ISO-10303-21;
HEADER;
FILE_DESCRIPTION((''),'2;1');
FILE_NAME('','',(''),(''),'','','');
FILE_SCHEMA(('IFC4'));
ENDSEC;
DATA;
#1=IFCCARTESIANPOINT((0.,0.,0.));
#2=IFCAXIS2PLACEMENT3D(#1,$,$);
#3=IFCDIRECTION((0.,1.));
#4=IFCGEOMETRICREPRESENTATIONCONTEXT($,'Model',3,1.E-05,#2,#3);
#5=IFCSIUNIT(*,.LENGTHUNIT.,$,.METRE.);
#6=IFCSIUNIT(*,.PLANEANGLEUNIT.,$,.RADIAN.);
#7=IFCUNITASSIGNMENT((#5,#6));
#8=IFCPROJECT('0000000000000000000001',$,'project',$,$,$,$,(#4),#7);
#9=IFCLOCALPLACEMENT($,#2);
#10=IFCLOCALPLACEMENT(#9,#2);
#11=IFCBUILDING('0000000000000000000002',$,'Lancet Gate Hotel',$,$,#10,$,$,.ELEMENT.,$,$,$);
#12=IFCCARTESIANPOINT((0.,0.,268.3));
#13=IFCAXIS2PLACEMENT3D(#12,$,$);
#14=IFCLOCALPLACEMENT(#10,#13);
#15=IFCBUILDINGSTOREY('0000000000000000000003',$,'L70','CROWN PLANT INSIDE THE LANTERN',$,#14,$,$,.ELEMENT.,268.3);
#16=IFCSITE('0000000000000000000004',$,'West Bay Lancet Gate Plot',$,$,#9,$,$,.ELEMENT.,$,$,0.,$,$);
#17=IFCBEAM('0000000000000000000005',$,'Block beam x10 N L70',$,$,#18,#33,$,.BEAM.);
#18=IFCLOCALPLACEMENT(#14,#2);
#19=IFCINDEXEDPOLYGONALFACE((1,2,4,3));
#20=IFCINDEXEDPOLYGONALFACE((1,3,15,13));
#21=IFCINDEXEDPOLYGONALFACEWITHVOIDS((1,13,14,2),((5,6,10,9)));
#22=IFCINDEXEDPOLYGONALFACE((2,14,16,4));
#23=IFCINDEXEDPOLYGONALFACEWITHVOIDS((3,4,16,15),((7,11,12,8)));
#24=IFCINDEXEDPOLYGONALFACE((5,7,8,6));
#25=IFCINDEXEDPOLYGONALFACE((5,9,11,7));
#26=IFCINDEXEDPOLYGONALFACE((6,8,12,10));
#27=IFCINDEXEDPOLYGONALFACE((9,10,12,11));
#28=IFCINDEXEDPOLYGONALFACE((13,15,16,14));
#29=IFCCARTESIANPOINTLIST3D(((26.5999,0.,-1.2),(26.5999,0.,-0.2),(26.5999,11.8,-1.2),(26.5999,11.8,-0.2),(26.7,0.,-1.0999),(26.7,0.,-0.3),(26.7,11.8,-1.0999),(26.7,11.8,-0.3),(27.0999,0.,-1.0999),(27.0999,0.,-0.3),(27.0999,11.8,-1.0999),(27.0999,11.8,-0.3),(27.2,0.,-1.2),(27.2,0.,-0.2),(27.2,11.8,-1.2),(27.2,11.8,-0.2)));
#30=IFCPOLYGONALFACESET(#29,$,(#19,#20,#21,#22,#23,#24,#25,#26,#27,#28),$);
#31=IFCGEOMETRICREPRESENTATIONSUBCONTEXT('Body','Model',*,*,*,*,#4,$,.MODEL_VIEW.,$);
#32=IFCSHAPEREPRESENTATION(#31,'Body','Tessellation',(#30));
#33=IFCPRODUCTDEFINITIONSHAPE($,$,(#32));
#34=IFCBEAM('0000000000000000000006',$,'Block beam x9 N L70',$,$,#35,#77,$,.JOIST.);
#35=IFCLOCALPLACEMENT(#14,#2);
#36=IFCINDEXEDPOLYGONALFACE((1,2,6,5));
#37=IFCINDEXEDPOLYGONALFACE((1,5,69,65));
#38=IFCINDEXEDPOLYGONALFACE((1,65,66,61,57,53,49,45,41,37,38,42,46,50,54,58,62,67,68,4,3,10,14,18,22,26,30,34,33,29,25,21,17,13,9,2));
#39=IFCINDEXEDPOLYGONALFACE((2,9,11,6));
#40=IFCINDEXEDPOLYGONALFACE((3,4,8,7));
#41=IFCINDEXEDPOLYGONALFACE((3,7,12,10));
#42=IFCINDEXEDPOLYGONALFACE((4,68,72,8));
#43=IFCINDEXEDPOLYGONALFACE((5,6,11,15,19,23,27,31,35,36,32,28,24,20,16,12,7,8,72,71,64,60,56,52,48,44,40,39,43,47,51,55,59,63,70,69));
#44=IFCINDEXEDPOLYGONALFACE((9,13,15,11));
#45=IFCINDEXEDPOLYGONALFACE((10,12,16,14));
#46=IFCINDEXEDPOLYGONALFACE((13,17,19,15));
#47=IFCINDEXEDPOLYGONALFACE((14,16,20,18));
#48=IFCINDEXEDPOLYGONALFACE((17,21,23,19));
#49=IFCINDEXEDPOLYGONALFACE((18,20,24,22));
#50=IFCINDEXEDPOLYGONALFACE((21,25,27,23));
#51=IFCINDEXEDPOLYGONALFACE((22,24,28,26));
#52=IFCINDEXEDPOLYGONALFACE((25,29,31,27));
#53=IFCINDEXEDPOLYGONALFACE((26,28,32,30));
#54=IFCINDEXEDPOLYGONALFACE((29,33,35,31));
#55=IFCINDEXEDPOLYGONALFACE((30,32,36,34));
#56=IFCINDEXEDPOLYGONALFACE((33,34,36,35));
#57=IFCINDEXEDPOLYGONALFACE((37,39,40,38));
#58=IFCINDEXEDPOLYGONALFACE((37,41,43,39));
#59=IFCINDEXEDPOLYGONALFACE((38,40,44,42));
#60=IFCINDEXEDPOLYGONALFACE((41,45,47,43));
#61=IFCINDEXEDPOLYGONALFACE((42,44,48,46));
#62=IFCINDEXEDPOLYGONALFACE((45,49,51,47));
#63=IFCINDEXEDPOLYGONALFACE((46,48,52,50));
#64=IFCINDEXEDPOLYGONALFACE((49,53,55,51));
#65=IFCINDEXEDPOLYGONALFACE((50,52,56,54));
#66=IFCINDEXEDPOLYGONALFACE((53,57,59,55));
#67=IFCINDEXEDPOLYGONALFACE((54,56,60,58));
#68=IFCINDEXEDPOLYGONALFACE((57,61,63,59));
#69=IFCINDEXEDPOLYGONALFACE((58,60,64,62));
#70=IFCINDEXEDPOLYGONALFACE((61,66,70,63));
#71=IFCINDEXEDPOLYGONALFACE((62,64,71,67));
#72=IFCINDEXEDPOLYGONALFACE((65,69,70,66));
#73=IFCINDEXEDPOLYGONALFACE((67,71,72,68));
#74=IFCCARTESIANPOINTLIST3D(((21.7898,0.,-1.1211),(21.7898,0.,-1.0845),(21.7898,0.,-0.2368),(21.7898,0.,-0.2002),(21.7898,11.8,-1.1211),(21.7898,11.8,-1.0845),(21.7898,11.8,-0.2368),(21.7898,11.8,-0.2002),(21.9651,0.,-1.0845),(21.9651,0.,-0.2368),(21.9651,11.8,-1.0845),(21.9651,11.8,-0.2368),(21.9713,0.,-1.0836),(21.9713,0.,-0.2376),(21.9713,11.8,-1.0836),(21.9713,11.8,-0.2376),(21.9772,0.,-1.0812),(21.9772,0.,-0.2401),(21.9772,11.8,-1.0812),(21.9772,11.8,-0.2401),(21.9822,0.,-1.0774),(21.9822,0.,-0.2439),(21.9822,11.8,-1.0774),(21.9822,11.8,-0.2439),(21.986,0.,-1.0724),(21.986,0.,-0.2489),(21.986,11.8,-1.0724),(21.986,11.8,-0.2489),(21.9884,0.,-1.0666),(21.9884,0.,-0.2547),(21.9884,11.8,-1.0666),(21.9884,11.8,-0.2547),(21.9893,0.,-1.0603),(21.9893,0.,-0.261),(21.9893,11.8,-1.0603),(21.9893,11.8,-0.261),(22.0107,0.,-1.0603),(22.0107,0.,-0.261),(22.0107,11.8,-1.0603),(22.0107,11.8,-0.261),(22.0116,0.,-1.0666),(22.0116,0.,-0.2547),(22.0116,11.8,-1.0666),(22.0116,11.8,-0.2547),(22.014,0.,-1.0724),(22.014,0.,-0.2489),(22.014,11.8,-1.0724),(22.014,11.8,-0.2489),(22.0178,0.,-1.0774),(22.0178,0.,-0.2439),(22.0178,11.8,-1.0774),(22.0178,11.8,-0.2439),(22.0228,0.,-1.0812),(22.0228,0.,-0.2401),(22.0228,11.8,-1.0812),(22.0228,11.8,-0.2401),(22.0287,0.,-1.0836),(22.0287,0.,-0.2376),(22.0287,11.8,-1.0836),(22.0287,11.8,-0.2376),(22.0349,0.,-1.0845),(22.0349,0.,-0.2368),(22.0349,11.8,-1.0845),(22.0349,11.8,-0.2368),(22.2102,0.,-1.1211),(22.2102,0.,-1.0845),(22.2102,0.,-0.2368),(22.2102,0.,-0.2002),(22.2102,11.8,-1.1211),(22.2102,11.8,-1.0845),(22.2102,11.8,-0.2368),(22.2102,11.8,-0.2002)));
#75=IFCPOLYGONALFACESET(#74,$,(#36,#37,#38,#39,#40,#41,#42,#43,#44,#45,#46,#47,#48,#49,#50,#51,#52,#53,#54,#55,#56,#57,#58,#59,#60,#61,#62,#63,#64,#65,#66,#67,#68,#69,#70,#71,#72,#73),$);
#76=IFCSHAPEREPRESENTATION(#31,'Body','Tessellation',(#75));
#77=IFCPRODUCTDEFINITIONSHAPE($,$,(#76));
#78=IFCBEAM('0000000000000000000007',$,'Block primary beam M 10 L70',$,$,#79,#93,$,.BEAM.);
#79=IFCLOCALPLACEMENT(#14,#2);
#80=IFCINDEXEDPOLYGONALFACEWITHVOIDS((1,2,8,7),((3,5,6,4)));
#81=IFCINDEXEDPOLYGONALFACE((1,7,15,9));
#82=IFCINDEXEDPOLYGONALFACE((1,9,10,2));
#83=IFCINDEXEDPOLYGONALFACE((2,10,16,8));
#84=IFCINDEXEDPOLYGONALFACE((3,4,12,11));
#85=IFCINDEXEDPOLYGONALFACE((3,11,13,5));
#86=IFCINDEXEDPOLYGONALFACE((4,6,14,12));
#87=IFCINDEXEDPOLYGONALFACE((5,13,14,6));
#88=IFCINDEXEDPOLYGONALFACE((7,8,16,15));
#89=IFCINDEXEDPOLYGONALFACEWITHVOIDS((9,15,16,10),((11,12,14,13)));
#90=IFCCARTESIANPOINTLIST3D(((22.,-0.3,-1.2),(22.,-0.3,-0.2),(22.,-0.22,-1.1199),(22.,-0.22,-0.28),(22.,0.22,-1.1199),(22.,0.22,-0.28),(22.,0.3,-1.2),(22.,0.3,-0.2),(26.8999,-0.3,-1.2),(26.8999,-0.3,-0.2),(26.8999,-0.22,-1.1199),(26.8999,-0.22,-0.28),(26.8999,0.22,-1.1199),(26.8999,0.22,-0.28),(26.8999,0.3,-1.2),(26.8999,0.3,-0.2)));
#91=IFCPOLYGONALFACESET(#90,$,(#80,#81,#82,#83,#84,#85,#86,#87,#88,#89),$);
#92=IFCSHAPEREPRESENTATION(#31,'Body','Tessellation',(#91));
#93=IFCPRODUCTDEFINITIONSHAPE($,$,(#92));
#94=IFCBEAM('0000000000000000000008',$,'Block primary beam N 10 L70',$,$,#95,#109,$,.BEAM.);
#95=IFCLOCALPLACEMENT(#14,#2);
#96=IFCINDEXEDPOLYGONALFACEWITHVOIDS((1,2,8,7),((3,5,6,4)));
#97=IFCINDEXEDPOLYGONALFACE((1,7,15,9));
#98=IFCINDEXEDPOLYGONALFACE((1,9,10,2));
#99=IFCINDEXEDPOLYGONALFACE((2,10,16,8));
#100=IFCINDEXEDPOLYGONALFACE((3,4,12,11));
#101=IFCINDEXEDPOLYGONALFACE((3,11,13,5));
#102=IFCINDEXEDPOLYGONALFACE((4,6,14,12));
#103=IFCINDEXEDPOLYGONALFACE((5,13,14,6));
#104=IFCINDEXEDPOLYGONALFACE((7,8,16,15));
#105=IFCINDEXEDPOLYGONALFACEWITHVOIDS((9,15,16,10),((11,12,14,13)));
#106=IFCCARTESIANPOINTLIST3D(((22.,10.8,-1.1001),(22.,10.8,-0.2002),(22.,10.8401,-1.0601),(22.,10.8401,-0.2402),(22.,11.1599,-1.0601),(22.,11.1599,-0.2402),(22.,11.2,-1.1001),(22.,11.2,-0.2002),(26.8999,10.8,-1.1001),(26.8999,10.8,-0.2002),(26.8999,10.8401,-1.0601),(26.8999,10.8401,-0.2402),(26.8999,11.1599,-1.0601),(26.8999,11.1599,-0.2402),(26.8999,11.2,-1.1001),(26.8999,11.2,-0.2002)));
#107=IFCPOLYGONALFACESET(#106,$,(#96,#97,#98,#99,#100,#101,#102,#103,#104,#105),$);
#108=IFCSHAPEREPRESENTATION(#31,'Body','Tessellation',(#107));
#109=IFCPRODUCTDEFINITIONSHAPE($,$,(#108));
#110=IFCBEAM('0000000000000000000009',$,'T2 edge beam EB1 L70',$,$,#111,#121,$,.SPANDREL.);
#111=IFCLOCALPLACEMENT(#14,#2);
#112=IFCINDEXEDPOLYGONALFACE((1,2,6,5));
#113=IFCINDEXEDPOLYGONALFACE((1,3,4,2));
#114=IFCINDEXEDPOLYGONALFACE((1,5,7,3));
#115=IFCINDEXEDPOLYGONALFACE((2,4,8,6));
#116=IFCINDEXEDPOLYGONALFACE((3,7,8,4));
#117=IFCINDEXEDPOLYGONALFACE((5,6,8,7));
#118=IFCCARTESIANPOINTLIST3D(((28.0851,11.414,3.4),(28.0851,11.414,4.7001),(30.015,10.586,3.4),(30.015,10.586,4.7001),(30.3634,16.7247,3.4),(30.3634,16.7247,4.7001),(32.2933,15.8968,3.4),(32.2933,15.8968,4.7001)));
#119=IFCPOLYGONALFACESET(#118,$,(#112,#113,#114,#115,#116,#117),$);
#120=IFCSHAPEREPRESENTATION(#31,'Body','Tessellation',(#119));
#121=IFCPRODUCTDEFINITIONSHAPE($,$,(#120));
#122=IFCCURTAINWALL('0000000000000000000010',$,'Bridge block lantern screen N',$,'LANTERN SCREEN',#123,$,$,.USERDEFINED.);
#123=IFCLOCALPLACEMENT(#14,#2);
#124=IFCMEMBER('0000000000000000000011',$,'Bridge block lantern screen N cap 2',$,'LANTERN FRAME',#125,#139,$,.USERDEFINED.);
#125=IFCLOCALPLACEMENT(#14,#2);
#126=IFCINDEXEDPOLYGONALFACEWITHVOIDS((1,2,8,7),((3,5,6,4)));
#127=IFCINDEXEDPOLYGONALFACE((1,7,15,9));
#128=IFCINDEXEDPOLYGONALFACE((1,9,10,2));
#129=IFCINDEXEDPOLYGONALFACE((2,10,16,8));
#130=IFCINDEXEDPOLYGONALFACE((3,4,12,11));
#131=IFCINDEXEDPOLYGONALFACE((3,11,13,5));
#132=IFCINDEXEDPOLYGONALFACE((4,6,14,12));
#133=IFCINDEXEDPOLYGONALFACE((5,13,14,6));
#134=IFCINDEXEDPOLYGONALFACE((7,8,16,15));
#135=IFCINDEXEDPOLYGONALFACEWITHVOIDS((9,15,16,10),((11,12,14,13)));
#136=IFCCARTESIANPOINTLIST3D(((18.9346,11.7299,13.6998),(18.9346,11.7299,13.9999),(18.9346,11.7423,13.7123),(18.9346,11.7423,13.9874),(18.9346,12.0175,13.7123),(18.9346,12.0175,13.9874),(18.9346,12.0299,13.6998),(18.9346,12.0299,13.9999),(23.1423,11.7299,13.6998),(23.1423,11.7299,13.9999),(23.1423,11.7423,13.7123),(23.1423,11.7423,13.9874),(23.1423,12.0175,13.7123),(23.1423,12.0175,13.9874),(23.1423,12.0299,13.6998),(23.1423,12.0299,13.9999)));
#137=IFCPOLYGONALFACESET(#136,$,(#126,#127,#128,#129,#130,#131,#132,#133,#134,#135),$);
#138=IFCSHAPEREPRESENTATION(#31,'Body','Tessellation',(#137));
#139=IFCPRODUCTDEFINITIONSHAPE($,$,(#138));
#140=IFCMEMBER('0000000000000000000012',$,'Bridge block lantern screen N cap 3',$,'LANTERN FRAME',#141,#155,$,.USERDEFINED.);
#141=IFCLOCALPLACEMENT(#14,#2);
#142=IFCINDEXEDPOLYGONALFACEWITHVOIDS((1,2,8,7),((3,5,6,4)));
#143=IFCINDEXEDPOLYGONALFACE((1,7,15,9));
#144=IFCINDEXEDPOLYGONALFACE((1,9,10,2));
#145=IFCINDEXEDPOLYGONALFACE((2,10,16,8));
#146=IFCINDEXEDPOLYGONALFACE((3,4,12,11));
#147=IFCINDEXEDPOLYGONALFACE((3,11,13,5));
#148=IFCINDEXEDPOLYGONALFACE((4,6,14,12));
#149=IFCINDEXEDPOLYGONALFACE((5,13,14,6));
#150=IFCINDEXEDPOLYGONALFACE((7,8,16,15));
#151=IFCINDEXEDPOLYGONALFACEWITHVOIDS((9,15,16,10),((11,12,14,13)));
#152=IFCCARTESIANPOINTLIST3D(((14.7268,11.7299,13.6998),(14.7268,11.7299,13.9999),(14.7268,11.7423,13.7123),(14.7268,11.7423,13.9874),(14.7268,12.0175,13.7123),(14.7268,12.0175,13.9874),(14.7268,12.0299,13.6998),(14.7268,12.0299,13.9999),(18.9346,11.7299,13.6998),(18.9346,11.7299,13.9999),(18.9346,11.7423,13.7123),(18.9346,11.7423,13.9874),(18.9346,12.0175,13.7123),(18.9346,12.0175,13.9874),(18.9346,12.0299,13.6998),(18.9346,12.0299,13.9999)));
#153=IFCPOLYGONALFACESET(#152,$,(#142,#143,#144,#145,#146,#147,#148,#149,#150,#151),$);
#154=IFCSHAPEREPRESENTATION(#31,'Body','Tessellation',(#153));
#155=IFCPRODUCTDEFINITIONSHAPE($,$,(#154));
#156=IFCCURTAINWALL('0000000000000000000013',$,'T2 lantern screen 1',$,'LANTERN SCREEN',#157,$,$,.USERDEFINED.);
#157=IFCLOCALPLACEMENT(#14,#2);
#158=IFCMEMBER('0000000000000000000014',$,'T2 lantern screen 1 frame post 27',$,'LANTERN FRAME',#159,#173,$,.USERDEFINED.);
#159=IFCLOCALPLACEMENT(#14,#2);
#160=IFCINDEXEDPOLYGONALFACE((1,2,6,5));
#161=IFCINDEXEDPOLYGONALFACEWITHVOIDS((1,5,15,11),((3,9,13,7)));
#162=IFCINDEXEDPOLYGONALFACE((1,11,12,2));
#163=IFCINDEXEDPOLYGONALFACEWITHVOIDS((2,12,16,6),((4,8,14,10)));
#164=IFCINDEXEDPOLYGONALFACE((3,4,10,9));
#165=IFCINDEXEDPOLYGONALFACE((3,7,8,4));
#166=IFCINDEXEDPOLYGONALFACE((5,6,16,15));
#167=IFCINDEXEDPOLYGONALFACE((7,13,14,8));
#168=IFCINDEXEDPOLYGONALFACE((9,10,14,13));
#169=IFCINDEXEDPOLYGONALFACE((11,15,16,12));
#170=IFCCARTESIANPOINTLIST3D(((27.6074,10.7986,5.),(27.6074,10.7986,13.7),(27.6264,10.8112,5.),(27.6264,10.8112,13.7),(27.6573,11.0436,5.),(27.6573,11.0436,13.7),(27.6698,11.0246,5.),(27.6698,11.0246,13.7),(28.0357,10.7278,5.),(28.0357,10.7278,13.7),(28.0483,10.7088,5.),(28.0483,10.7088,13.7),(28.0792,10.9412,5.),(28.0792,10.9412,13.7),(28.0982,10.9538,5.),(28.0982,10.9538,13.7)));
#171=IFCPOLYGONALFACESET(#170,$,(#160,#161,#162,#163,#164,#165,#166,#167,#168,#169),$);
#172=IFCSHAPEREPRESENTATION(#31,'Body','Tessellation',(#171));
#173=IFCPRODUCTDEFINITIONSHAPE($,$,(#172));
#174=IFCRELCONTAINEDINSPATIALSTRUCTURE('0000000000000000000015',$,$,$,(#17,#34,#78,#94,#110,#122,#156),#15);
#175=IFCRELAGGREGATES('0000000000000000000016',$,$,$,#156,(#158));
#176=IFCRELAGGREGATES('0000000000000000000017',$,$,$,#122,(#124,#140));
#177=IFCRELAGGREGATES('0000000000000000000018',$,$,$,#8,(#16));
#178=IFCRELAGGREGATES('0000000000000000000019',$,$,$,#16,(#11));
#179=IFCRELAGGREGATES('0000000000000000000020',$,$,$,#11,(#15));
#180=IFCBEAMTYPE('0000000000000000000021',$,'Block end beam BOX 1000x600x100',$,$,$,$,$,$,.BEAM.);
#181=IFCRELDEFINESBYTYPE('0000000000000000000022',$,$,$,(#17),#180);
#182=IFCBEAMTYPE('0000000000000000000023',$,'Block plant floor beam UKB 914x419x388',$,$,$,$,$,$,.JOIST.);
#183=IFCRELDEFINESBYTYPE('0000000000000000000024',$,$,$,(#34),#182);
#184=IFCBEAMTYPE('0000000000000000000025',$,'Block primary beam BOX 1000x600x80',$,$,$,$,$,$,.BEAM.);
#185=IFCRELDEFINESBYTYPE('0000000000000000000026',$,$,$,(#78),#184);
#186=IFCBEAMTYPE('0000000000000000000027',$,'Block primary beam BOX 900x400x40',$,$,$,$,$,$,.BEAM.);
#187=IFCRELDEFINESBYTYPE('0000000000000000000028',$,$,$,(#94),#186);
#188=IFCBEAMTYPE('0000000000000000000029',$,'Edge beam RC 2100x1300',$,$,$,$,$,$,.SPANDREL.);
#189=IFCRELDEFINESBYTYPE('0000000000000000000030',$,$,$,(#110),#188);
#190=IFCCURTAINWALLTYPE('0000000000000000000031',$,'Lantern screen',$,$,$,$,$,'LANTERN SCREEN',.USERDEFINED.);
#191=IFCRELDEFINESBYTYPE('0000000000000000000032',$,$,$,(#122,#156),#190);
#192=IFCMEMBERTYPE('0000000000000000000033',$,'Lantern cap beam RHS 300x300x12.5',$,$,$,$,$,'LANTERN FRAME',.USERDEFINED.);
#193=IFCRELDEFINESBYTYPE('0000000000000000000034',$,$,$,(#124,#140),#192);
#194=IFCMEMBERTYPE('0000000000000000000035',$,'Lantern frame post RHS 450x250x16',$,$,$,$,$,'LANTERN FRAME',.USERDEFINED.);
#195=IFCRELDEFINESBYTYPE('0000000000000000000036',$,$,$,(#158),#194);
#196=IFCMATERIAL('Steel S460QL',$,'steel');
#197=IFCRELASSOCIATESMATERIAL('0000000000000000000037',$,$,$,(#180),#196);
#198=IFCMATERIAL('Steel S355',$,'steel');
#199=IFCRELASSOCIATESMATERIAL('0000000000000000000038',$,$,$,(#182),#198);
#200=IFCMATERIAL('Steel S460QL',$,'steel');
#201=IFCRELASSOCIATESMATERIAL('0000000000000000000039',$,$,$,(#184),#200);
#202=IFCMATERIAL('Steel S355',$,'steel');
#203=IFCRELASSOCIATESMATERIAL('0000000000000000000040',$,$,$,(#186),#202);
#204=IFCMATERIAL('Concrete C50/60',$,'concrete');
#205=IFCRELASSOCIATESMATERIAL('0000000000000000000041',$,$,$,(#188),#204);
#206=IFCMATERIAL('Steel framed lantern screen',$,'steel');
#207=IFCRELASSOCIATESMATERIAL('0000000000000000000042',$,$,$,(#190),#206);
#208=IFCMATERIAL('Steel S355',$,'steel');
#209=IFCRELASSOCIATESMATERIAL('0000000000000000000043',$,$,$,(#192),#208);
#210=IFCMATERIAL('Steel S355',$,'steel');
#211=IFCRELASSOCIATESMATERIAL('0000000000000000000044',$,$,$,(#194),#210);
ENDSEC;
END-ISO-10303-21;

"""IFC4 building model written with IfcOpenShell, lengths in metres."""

from ifc_helpers import new_model, si_unit, direction, frame, origin, origin_2d, place, context, subcontext, project, spatial, rectangle, hollow_rectangle, i_section, extrude, material, material_profile, profile_set, type_object, element, aggregate, save


model = new_model("IFC4")

# Units and contexts
model_context = context("Model", 3, precision=1e-05, world=origin(), true_north=direction((0.0, 1.0)))
body_context = subcontext(model_context, "Body", "Model", "MODEL_VIEW")
ifc_project = project(units=[si_unit("LENGTHUNIT", "METRE"), si_unit("PLANEANGLEUNIT", "RADIAN")], contexts=[model_context])

# Site, building, storey
site_placement = place(None, origin())
site = spatial("IfcSite", under=ifc_project, at=site_placement, Name="West Bay Lancet Gate Plot", CompositionType="ELEMENT", RefElevation=0.0)
building_placement = place(site_placement, origin())
building = spatial("IfcBuilding", under=site, at=building_placement, Name="Lancet Gate Hotel", CompositionType="ELEMENT")
storey_placement = place(building_placement, frame((0.0, 0.0, 268.3)))
storey = spatial("IfcBuildingStorey", under=building, at=storey_placement, Name="L70", Description="CROWN PLANT INSIDE THE LANTERN", CompositionType="ELEMENT", Elevation=268.3)

# Beams
ifc_material_1 = material(Name="Steel S460QL", Category="steel")
ifc_material_profile_1 = material_profile(ifc_material_1, hollow_rectangle(XDim=0.6001, YDim=1.0, WallThickness=0.1001, at=origin_2d()), Name="BOX 1000x600x100")
ifc_profile_set_1 = profile_set([ifc_material_profile_1], Name="Steel S460QL")
beam_type_1 = type_object("IfcBeamType", Name="Block end beam BOX 1000x600x100", PredefinedType="BEAM", material=ifc_profile_set_1)
beam_1_placement = place(storey_placement, frame((26.8999, 0.0, -0.7), z_axis=(0.0, 1.0, 0.0), x_axis=(-1.0, 0.0, 0.0)))
element("IfcBeam", 1, at=beam_1_placement, inside=storey, type_object=beam_type_1, Name="Block beam x10 N L70", PredefinedType="BEAM", context=body_context, shape_type="SweptSolid", body=[
    extrude(hollow_rectangle(XDim=0.6001, YDim=1.0, WallThickness=0.1001, at=origin_2d()), origin(), (0.0, 0.0, 1.0), 11.8),
])
ifc_material_2 = material(Name="Steel S355", Category="steel")
ifc_material_profile_2 = material_profile(ifc_material_2, i_section(OverallWidth=0.4204, OverallDepth=0.9209, WebThickness=0.0215, FlangeThickness=0.0366, FilletRadius=0.0242, at=origin_2d()), Name="UKB 914x419x388")
ifc_profile_set_2 = profile_set([ifc_material_profile_2], Name="Steel S355")
beam_type_2 = type_object("IfcBeamType", Name="Block plant floor beam UKB 914x419x388", PredefinedType="JOIST", material=ifc_profile_set_2)
beam_2_placement = place(storey_placement, frame((22.0, 0.0, -0.6606), z_axis=(0.0, 1.0, 0.0), x_axis=(-1.0, 0.0, 0.0)))
element("IfcBeam", 2, at=beam_2_placement, inside=storey, type_object=beam_type_2, Name="Block beam x9 N L70", PredefinedType="JOIST", context=body_context, shape_type="SweptSolid", body=[
    extrude(i_section(OverallWidth=0.4204, OverallDepth=0.9209, WebThickness=0.0215, FlangeThickness=0.0366, FilletRadius=0.0242, at=origin_2d()), origin(), (0.0, 0.0, 1.0), 11.8),
])
ifc_material_3 = material(Name="Steel S460QL", Category="steel")
ifc_material_profile_3 = material_profile(ifc_material_3, hollow_rectangle(XDim=0.6001, YDim=1.0, WallThickness=0.0801, at=origin_2d()), Name="BOX 1000x600x80")
ifc_profile_set_3 = profile_set([ifc_material_profile_3], Name="Steel S460QL")
beam_type_3 = type_object("IfcBeamType", Name="Block primary beam BOX 1000x600x80", PredefinedType="BEAM", material=ifc_profile_set_3)
beam_3_placement = place(storey_placement, frame((22.0, 0.0, -0.7), z_axis=(1.0, 0.0, 0.0), x_axis=(0.0, 1.0, 0.0)))
element("IfcBeam", 3, at=beam_3_placement, inside=storey, type_object=beam_type_3, Name="Block primary beam M 10 L70", PredefinedType="BEAM", context=body_context, shape_type="SweptSolid", body=[
    extrude(hollow_rectangle(XDim=0.6001, YDim=1.0, WallThickness=0.0801, at=origin_2d()), origin(), (0.0, 0.0, 1.0), 4.8999),
])
ifc_material_4 = material(Name="Steel S355", Category="steel")
ifc_material_profile_4 = material_profile(ifc_material_4, hollow_rectangle(XDim=0.3999, YDim=0.8999, WallThickness=0.04, at=origin_2d()), Name="BOX 900x400x40")
ifc_profile_set_4 = profile_set([ifc_material_profile_4], Name="Steel S355")
beam_type_4 = type_object("IfcBeamType", Name="Block primary beam BOX 900x400x40", PredefinedType="BEAM", material=ifc_profile_set_4)
beam_4_placement = place(storey_placement, frame((22.0, 11.0, -0.6501), z_axis=(1.0, 0.0, 0.0), x_axis=(0.0, 1.0, 0.0)))
element("IfcBeam", 4, at=beam_4_placement, inside=storey, type_object=beam_type_4, Name="Block primary beam N 10 L70", PredefinedType="BEAM", context=body_context, shape_type="SweptSolid", body=[
    extrude(hollow_rectangle(XDim=0.3999, YDim=0.8999, WallThickness=0.04, at=origin_2d()), origin(), (0.0, 0.0, 1.0), 4.8999),
])
ifc_material_5 = material(Name="Concrete C50/60", Category="concrete")
ifc_material_profile_5 = material_profile(ifc_material_5, rectangle(XDim=2.1001, YDim=1.3, at=origin_2d()), Name="RC 2100x1300")
ifc_profile_set_5 = profile_set([ifc_material_profile_5], Name="Concrete C50/60")
beam_type_5 = type_object("IfcBeamType", Name="Edge beam RC 2100x1300", PredefinedType="SPANDREL", material=ifc_profile_set_5)
beam_5_placement = place(storey_placement, frame((29.05, 11.0, 4.05), z_axis=(0.394251, 0.919003, 0.0), x_axis=(-0.919003, 0.394251, 0.0)))
element("IfcBeam", 5, at=beam_5_placement, inside=storey, type_object=beam_type_5, Name="T2 edge beam EB1 L70", PredefinedType="SPANDREL", context=body_context, shape_type="SweptSolid", body=[
    extrude(rectangle(XDim=2.1001, YDim=1.3, at=origin_2d()), origin(), (0.0, 0.0, 1.0), 5.7788),
])

# Curtain wall, members
ifc_material_6 = material(Name="Steel framed lantern screen", Category="steel")
curtain_wall_type_1 = type_object("IfcCurtainWallType", Name="Lantern screen", ElementType="LANTERN SCREEN", PredefinedType="USERDEFINED", material=ifc_material_6)
curtain_wall_1_placement = place(storey_placement, origin())
curtain_wall_1 = element("IfcCurtainWall", 6, at=curtain_wall_1_placement, inside=storey, type_object=curtain_wall_type_1, Name="Bridge block lantern screen N", ObjectType="LANTERN SCREEN", PredefinedType="USERDEFINED")
ifc_material_7 = material(Name="Steel S355", Category="steel")
ifc_material_profile_6 = material_profile(ifc_material_7, hollow_rectangle(XDim=0.3, YDim=0.3, WallThickness=0.0125, at=origin_2d()), Name="RHS 300x300x12.5")
ifc_profile_set_6 = profile_set([ifc_material_profile_6], Name="Steel S355")
member_type_1 = type_object("IfcMemberType", Name="Lantern cap beam RHS 300x300x12.5", ElementType="LANTERN FRAME", PredefinedType="USERDEFINED", material=ifc_profile_set_6)
member_1_placement = place(storey_placement, frame((23.1423, 11.8799, 13.8499), z_axis=(-1.0, 0.0, 0.0), x_axis=(0.0, -1.0, 0.0)))
member_1 = element("IfcMember", 7, at=member_1_placement, type_object=member_type_1, Name="Bridge block lantern screen N cap 2", ObjectType="LANTERN FRAME", PredefinedType="USERDEFINED", context=body_context, shape_type="SweptSolid", body=[
    extrude(hollow_rectangle(XDim=0.3, YDim=0.3, WallThickness=0.0125, at=origin_2d()), origin(), (0.0, 0.0, 1.0), 4.2078),
])
member_2_placement = place(storey_placement, frame((18.9346, 11.8799, 13.8499), z_axis=(-1.0, 0.0, 0.0), x_axis=(0.0, -1.0, 0.0)))
member_2 = element("IfcMember", 8, at=member_2_placement, type_object=member_type_1, Name="Bridge block lantern screen N cap 3", ObjectType="LANTERN FRAME", PredefinedType="USERDEFINED", context=body_context, shape_type="SweptSolid", body=[
    extrude(hollow_rectangle(XDim=0.3, YDim=0.3, WallThickness=0.0125, at=origin_2d()), origin(), (0.0, 0.0, 1.0), 4.2078),
])

# Curtain wall, member
curtain_wall_2_placement = place(storey_placement, origin())
curtain_wall_2 = element("IfcCurtainWall", 9, at=curtain_wall_2_placement, inside=storey, type_object=curtain_wall_type_1, Name="T2 lantern screen 1", ObjectType="LANTERN SCREEN", PredefinedType="USERDEFINED")
ifc_material_8 = material(Name="Steel S355", Category="steel")
ifc_material_profile_7 = material_profile(ifc_material_8, hollow_rectangle(XDim=0.25, YDim=0.45, WallThickness=0.0161, at=origin_2d()), Name="RHS 450x250x16")
ifc_profile_set_7 = profile_set([ifc_material_profile_7], Name="Steel S355")
member_type_2 = type_object("IfcMemberType", Name="Lantern frame post RHS 450x250x16", ElementType="LANTERN FRAME", PredefinedType="USERDEFINED", material=ifc_profile_set_7)
member_3_placement = place(storey_placement, frame((27.8528, 10.8762, 5.0), z_axis=(0.0, 0.0, 1.0), x_axis=(-0.199533, -0.979891, 0.0)))
member_3 = element("IfcMember", 10, at=member_3_placement, type_object=member_type_2, Name="T2 lantern screen 1 frame post 27", ObjectType="LANTERN FRAME", PredefinedType="USERDEFINED", context=body_context, shape_type="SweptSolid", body=[
    extrude(hollow_rectangle(XDim=0.25, YDim=0.45, WallThickness=0.0161, at=origin_2d()), origin(), (0.0, 0.0, 1.0), 8.7),
])

aggregate(curtain_wall_2, [member_3])
aggregate(curtain_wall_1, [member_1, member_2])

save(model, "model.ifc")
